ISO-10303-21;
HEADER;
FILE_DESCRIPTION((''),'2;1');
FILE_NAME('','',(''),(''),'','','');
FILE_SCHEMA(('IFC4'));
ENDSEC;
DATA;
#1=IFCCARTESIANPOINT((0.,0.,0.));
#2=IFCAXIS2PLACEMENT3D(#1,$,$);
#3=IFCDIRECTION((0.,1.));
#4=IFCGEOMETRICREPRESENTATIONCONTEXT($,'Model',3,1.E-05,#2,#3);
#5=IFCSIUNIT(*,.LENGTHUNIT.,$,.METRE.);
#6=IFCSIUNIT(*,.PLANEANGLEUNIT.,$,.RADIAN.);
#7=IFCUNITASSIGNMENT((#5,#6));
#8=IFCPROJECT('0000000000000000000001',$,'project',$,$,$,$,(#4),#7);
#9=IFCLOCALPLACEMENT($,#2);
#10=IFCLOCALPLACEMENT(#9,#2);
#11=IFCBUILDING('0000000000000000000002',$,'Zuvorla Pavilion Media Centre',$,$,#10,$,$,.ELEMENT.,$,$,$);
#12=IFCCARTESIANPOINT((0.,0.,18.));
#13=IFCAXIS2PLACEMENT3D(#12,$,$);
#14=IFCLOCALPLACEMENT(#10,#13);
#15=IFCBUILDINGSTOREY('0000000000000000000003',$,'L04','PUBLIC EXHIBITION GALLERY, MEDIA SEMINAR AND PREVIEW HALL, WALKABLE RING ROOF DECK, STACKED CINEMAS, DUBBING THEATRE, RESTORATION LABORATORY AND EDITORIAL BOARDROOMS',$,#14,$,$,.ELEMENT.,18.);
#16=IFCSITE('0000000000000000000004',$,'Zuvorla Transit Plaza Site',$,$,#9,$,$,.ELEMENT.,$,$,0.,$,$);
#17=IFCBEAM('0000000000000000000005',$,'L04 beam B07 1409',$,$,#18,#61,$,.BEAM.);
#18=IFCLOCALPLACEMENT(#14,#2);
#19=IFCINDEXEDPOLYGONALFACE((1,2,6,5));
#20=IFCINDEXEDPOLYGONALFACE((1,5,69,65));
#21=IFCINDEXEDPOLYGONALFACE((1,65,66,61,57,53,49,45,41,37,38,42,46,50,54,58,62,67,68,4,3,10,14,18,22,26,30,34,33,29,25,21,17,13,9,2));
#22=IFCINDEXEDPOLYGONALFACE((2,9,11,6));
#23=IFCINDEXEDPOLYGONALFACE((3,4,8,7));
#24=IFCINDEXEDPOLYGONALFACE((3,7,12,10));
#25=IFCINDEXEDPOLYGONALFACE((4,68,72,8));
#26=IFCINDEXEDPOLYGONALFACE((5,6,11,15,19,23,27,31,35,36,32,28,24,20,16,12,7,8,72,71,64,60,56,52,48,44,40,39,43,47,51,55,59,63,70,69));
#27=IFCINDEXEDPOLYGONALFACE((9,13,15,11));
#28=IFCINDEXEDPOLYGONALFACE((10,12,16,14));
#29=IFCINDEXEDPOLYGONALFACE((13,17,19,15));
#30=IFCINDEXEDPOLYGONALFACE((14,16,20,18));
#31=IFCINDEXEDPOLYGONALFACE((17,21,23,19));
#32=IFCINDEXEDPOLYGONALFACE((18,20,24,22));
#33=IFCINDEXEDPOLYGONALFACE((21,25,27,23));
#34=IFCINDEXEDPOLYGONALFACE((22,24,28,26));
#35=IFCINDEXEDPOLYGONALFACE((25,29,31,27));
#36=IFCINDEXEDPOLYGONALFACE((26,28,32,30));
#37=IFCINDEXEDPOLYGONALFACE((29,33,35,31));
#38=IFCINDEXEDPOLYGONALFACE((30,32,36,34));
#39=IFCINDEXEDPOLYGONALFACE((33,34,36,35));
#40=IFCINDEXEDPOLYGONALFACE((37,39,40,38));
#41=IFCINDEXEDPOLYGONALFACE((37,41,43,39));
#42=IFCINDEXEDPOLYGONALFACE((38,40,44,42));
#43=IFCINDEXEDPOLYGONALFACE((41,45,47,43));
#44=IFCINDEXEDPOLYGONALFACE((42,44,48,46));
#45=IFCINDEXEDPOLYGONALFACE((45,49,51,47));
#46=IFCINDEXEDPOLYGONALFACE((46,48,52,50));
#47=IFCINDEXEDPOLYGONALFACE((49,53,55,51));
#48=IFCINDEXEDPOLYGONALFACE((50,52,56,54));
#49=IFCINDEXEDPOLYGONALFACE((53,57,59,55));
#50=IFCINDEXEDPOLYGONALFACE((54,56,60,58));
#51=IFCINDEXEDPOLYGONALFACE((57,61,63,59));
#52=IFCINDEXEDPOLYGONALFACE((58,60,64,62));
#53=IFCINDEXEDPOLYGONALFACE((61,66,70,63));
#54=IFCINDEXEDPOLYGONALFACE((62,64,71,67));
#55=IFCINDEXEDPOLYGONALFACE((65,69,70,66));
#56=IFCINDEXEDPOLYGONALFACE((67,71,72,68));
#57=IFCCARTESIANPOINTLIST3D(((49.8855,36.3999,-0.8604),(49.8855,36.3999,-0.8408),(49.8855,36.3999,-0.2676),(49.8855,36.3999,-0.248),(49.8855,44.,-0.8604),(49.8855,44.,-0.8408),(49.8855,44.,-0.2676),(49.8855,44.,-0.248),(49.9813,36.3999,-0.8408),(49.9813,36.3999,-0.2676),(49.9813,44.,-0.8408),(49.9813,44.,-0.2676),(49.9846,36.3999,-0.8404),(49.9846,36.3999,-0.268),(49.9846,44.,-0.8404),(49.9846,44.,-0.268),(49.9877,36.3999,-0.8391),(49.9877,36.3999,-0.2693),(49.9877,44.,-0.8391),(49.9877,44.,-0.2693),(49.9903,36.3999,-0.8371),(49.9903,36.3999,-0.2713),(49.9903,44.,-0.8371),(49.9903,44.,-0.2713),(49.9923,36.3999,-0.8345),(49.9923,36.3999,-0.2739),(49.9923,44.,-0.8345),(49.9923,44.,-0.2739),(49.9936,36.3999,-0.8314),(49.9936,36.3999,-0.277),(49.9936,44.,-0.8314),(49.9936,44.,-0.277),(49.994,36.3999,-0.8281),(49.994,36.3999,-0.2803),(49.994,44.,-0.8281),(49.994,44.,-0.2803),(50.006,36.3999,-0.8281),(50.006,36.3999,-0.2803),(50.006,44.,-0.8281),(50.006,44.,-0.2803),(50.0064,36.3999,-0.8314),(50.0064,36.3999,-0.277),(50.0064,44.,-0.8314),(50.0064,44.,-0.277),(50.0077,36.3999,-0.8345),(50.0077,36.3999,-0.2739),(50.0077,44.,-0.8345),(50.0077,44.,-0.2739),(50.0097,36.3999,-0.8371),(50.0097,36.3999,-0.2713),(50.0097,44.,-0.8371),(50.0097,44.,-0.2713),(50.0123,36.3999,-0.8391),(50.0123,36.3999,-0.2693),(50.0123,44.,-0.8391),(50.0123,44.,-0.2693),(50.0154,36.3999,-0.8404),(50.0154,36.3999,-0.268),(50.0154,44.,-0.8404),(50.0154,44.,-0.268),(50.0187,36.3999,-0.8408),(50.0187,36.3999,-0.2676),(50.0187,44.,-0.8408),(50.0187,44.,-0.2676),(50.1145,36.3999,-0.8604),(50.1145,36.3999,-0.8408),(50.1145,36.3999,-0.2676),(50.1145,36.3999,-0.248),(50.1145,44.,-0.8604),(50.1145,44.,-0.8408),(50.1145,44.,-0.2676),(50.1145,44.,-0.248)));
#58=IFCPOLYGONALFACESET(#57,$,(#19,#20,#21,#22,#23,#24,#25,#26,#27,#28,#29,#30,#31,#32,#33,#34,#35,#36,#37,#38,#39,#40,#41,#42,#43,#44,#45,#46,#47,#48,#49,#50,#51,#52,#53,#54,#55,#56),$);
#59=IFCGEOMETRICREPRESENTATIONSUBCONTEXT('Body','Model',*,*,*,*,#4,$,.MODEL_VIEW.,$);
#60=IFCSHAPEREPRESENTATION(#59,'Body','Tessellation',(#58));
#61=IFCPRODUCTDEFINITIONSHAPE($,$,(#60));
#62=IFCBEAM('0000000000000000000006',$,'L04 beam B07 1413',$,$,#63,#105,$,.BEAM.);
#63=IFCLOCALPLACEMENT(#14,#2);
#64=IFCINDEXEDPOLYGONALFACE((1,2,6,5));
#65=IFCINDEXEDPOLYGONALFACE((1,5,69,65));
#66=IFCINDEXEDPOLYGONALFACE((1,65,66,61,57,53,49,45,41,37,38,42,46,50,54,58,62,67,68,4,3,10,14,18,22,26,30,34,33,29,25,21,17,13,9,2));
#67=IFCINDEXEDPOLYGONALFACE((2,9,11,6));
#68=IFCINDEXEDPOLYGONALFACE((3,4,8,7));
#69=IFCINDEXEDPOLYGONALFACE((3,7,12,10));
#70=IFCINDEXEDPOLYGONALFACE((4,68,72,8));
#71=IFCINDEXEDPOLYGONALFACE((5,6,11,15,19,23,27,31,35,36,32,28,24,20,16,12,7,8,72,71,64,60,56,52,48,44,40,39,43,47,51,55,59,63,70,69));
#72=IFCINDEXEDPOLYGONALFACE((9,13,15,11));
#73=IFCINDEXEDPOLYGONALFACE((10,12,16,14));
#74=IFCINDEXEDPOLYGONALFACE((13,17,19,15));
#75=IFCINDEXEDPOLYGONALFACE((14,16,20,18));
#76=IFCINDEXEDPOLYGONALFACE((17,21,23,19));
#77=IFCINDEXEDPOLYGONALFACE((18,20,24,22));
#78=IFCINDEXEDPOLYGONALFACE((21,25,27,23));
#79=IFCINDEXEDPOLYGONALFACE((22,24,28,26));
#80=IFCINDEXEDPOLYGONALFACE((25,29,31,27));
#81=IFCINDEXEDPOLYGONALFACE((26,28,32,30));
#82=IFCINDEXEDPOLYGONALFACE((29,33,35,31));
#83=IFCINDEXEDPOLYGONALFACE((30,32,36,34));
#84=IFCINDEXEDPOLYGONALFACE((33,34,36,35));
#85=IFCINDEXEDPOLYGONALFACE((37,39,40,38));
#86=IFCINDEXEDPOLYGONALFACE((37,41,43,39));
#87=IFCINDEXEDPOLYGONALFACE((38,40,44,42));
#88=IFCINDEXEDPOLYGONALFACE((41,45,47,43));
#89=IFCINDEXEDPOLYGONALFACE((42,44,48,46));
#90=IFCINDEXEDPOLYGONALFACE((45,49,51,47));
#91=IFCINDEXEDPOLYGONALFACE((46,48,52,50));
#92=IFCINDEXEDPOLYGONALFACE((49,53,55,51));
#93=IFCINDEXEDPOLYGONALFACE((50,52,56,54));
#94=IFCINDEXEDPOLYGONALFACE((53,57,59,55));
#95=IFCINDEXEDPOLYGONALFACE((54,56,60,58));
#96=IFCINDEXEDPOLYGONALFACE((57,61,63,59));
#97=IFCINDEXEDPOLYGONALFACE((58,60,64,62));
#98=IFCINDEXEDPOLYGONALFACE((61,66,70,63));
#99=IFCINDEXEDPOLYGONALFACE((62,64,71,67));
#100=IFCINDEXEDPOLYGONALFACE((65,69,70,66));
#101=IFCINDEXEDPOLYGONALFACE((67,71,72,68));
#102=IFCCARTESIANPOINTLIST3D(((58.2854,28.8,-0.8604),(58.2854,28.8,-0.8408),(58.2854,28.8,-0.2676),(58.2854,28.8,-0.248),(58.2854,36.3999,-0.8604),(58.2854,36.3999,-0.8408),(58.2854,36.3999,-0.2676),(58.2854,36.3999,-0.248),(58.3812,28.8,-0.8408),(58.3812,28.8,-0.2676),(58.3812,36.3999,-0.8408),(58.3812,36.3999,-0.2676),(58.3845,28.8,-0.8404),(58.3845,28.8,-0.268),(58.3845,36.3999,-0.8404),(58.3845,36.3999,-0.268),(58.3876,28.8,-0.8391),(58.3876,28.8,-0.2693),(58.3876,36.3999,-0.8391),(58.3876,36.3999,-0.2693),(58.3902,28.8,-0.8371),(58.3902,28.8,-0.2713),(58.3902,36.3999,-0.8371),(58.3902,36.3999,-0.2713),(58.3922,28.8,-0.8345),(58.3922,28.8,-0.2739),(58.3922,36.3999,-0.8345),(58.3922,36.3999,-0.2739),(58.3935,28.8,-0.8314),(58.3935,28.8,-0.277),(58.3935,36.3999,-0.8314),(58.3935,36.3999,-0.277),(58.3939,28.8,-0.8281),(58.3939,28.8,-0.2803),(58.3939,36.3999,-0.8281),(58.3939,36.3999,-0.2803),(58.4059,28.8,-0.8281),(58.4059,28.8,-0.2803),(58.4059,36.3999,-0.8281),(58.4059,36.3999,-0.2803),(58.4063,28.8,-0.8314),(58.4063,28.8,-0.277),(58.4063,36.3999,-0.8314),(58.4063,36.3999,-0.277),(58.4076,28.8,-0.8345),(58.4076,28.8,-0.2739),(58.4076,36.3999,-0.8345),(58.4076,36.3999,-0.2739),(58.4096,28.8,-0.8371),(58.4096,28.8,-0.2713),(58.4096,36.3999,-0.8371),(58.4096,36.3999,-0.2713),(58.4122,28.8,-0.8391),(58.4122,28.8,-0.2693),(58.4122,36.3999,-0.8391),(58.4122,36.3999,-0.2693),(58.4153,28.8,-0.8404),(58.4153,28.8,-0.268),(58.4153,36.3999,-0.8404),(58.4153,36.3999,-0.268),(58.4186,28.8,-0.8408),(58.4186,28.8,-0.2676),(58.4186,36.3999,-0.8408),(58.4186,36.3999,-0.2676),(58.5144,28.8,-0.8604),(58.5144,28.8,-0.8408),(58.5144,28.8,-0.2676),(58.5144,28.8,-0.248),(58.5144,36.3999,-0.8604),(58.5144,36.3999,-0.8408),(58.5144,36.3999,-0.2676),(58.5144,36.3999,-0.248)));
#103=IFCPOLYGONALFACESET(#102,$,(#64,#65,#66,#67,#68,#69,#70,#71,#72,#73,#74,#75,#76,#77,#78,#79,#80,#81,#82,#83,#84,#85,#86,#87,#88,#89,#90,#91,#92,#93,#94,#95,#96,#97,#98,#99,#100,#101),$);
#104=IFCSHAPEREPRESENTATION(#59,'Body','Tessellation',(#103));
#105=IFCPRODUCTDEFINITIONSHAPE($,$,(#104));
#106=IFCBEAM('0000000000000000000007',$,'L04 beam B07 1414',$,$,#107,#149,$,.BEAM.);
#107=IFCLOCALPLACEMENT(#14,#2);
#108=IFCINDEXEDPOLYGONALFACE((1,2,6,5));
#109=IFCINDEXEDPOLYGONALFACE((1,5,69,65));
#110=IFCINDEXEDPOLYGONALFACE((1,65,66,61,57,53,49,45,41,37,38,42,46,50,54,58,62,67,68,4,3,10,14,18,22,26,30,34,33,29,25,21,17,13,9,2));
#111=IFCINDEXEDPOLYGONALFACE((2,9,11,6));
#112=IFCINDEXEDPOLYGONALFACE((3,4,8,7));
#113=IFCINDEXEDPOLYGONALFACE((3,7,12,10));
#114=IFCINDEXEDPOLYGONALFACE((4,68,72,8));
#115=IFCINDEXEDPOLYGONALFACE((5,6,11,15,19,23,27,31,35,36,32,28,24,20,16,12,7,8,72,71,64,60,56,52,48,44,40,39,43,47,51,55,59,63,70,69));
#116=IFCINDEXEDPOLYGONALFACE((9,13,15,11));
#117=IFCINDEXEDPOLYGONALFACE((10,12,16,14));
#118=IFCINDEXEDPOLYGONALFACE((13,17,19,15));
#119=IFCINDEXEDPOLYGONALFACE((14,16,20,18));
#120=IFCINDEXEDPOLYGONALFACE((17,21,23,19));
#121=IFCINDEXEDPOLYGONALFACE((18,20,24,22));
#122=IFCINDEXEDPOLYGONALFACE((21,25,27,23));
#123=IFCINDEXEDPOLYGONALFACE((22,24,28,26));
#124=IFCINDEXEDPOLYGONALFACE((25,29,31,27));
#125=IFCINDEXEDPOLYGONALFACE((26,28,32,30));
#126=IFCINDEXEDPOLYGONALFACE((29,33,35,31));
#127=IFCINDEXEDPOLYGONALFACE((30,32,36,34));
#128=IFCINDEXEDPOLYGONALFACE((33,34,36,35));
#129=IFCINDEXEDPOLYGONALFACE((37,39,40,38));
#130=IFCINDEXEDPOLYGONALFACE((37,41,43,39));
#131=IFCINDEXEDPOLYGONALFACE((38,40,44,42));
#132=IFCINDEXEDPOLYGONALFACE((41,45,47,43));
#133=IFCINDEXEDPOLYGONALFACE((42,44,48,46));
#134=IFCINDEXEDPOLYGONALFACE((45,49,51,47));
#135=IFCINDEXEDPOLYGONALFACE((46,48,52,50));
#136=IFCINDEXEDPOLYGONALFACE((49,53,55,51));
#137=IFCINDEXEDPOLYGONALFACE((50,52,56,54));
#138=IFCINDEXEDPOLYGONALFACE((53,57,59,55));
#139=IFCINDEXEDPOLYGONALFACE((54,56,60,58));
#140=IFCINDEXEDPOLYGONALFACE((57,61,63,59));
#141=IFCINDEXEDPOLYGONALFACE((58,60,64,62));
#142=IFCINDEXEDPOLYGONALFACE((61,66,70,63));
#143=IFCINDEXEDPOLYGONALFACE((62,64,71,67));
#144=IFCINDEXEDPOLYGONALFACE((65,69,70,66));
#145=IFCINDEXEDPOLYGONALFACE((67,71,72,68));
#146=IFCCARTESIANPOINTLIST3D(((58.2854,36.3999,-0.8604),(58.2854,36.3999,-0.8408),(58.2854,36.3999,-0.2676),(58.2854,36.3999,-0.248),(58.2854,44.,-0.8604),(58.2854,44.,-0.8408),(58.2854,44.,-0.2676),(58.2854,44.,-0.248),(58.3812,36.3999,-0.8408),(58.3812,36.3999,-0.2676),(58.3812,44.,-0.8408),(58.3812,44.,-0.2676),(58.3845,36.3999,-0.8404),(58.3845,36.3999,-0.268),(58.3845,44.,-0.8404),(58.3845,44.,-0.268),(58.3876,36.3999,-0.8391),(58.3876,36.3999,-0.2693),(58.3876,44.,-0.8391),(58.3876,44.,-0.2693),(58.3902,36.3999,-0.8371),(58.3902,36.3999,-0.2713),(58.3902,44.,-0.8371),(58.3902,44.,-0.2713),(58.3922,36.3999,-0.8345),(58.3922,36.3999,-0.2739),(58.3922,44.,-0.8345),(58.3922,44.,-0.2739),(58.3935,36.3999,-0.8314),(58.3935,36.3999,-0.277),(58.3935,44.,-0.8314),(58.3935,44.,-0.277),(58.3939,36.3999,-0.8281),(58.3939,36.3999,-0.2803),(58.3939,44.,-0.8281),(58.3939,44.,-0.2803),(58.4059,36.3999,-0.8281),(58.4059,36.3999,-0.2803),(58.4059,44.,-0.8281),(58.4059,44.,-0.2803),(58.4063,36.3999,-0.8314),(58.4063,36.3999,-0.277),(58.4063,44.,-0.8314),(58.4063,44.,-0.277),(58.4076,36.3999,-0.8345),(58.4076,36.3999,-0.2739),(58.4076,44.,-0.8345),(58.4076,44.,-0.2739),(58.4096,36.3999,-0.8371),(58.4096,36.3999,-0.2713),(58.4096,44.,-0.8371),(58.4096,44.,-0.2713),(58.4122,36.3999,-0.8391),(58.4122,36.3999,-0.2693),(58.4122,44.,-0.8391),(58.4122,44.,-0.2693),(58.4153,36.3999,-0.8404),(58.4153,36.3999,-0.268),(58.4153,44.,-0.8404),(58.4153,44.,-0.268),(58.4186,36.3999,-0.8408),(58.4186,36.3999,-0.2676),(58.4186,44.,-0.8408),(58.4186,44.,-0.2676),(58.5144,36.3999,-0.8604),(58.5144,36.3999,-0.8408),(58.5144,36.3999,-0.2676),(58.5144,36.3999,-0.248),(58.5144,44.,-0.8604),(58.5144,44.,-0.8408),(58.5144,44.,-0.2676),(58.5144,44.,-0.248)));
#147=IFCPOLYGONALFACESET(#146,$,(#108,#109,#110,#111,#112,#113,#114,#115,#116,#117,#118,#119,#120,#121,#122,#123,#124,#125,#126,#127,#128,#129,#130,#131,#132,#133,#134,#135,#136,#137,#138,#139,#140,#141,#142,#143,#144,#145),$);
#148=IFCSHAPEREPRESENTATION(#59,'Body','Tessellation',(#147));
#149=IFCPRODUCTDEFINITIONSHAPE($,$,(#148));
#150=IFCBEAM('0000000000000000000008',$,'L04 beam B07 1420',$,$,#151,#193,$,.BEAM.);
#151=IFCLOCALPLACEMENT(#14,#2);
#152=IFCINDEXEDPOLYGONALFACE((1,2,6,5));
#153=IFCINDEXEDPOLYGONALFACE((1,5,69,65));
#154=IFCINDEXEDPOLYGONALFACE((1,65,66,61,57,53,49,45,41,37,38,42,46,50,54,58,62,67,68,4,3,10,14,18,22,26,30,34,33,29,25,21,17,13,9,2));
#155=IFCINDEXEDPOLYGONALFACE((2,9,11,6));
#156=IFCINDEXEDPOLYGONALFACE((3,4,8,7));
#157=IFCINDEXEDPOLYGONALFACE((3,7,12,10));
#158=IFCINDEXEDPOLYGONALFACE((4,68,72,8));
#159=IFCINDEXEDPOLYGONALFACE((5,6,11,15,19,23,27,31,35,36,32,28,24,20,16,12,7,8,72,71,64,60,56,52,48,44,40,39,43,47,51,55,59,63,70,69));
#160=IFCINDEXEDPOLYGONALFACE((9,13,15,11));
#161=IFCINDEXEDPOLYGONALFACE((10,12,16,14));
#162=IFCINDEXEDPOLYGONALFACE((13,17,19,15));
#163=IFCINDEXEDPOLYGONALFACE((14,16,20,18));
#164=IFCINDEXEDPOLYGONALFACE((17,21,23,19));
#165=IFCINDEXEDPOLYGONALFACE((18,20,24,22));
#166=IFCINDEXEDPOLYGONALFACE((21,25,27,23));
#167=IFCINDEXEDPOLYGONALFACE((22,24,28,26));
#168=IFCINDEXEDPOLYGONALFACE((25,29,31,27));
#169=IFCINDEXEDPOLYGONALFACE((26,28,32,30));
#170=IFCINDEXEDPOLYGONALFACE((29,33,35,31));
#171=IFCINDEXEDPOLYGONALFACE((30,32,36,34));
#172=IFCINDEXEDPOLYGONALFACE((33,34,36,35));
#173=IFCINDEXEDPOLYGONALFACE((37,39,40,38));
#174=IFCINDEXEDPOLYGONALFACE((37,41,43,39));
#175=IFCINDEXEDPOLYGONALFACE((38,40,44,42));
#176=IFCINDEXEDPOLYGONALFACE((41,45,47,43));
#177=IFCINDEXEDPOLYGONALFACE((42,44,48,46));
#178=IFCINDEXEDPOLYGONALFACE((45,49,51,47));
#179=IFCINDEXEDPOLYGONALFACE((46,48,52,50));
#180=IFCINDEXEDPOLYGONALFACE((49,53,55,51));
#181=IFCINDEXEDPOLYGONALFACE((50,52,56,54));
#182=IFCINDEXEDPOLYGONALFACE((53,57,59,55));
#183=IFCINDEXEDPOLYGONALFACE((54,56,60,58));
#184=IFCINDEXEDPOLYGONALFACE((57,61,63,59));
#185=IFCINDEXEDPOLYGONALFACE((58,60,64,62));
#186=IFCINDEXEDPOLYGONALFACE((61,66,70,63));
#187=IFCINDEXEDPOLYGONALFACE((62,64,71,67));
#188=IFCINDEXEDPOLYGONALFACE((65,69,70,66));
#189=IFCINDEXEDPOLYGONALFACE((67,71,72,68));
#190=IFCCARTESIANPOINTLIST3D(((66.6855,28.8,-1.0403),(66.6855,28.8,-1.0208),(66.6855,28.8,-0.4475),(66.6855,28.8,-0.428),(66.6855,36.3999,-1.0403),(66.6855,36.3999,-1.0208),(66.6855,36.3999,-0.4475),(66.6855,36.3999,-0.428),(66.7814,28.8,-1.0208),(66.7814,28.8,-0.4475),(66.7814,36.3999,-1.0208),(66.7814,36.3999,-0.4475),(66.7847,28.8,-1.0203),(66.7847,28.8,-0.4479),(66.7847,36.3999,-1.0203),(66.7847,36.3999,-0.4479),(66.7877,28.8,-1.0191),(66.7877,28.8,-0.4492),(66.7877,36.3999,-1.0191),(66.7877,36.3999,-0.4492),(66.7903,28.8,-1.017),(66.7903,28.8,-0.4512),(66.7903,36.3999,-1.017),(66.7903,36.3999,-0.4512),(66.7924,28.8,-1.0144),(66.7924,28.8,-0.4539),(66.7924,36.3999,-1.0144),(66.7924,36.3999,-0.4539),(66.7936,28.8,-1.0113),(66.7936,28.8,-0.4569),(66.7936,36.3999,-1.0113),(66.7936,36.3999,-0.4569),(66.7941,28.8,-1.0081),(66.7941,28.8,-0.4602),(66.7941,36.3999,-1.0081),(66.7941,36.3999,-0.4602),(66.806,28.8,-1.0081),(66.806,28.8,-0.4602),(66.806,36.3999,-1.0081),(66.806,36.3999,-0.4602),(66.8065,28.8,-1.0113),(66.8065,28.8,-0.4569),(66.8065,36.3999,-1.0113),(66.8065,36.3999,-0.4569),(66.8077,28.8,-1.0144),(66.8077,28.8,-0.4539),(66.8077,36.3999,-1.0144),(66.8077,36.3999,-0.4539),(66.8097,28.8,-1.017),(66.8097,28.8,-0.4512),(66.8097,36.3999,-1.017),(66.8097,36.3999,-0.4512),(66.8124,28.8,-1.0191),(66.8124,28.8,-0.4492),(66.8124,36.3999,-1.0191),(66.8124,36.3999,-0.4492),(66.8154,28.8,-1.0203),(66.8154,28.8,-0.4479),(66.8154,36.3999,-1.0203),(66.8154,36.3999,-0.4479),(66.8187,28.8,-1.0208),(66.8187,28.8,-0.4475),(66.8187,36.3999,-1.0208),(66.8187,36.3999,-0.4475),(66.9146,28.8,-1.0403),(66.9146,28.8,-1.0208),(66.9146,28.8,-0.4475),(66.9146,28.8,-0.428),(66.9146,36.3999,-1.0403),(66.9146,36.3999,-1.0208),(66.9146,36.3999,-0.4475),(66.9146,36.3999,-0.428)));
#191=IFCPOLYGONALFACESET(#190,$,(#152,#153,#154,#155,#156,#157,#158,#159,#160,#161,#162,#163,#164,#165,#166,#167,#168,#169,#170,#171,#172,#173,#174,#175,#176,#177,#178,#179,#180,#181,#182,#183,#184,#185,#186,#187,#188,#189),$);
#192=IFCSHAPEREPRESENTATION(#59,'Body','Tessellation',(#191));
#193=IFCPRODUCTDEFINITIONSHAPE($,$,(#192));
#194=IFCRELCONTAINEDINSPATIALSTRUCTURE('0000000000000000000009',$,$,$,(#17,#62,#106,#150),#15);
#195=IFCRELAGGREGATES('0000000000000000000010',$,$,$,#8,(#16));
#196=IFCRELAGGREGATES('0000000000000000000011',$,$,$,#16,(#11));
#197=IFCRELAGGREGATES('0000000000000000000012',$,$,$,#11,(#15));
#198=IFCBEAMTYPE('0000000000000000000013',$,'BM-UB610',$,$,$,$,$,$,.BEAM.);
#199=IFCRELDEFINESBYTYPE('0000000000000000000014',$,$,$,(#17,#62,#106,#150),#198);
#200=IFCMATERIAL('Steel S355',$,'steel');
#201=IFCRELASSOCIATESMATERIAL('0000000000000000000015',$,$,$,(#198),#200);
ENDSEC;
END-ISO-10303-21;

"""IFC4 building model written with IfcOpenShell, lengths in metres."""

from ifc_helpers import new_model, si_unit, direction, frame, origin, origin_2d, place, context, subcontext, project, spatial, i_section, extrude, material, material_profile, profile_set, type_object, element, save


model = new_model("IFC4")

# Units and contexts
model_context = context("Model", 3, precision=1e-05, world=origin(), true_north=direction((0.0, 1.0)))
body_context = subcontext(model_context, "Body", "Model", "MODEL_VIEW")
ifc_project = project(units=[si_unit("LENGTHUNIT", "METRE"), si_unit("PLANEANGLEUNIT", "RADIAN")], contexts=[model_context])

# Site, building, storey
site_placement = place(None, origin())
site = spatial("IfcSite", under=ifc_project, at=site_placement, Name="Zuvorla Transit Plaza Site", CompositionType="ELEMENT", RefElevation=0.0)
building_placement = place(site_placement, origin())
building = spatial("IfcBuilding", under=site, at=building_placement, Name="Zuvorla Pavilion Media Centre", CompositionType="ELEMENT")
storey_placement = place(building_placement, frame((0.0, 0.0, 18.0)))
storey = spatial("IfcBuildingStorey", under=building, at=storey_placement, Name="L04", Description="PUBLIC EXHIBITION GALLERY, MEDIA SEMINAR AND PREVIEW HALL, WALKABLE RING ROOF DECK, STACKED CINEMAS, DUBBING THEATRE, RESTORATION LABORATORY AND EDITORIAL BOARDROOMS", CompositionType="ELEMENT", Elevation=18.0)

# Beams
ifc_material_1 = material(Name="Steel S355", Category="steel")
ifc_material_profile_1 = material_profile(ifc_material_1, i_section(OverallWidth=0.229, OverallDepth=0.6123, WebThickness=0.012, FlangeThickness=0.0195, FilletRadius=0.0127, at=origin_2d()), Name="UB 610x229x125")
ifc_profile_set_1 = profile_set([ifc_material_profile_1], Name="Steel S355")
beam_type_1 = type_object("IfcBeamType", Name="BM-UB610", PredefinedType="BEAM", material=ifc_profile_set_1)
beam_1_placement = place(storey_placement, frame((50.0, 36.3999, -0.5542), z_axis=(0.0, 1.0, 0.0), x_axis=(-1.0, 0.0, 0.0)))
element("IfcBeam", 1, at=beam_1_placement, inside=storey, type_object=beam_type_1, Name="L04 beam B07 1409", PredefinedType="BEAM", context=body_context, shape_type="SweptSolid", body=[
    extrude(i_section(OverallWidth=0.229, OverallDepth=0.6123, WebThickness=0.012, FlangeThickness=0.0195, FilletRadius=0.0127, at=origin_2d()), origin(), (0.0, 0.0, 1.0), 7.6001),
])
beam_2_placement = place(storey_placement, frame((58.3999, 28.8, -0.5542), z_axis=(0.0, 1.0, 0.0), x_axis=(-1.0, 0.0, 0.0)))
element("IfcBeam", 2, at=beam_2_placement, inside=storey, type_object=beam_type_1, Name="L04 beam B07 1413", PredefinedType="BEAM", context=body_context, shape_type="SweptSolid", body=[
    extrude(i_section(OverallWidth=0.229, OverallDepth=0.6123, WebThickness=0.012, FlangeThickness=0.0195, FilletRadius=0.0127, at=origin_2d()), origin(), (0.0, 0.0, 1.0), 7.5999),
])
beam_3_placement = place(storey_placement, frame((58.3999, 36.3999, -0.5542), z_axis=(0.0, 1.0, 0.0), x_axis=(-1.0, 0.0, 0.0)))
element("IfcBeam", 3, at=beam_3_placement, inside=storey, type_object=beam_type_1, Name="L04 beam B07 1414", PredefinedType="BEAM", context=body_context, shape_type="SweptSolid", body=[
    extrude(i_section(OverallWidth=0.229, OverallDepth=0.6123, WebThickness=0.012, FlangeThickness=0.0195, FilletRadius=0.0127, at=origin_2d()), origin(), (0.0, 0.0, 1.0), 7.6001),
])
beam_4_placement = place(storey_placement, frame((66.8, 28.8, -0.7341), z_axis=(0.0, 1.0, 0.0), x_axis=(-1.0, 0.0, 0.0)))
element("IfcBeam", 4, at=beam_4_placement, inside=storey, type_object=beam_type_1, Name="L04 beam B07 1420", PredefinedType="BEAM", context=body_context, shape_type="SweptSolid", body=[
    extrude(i_section(OverallWidth=0.229, OverallDepth=0.6123, WebThickness=0.012, FlangeThickness=0.0195, FilletRadius=0.0127, at=origin_2d()), origin(), (0.0, 0.0, 1.0), 7.5999),
])

save(model, "model.ifc")
